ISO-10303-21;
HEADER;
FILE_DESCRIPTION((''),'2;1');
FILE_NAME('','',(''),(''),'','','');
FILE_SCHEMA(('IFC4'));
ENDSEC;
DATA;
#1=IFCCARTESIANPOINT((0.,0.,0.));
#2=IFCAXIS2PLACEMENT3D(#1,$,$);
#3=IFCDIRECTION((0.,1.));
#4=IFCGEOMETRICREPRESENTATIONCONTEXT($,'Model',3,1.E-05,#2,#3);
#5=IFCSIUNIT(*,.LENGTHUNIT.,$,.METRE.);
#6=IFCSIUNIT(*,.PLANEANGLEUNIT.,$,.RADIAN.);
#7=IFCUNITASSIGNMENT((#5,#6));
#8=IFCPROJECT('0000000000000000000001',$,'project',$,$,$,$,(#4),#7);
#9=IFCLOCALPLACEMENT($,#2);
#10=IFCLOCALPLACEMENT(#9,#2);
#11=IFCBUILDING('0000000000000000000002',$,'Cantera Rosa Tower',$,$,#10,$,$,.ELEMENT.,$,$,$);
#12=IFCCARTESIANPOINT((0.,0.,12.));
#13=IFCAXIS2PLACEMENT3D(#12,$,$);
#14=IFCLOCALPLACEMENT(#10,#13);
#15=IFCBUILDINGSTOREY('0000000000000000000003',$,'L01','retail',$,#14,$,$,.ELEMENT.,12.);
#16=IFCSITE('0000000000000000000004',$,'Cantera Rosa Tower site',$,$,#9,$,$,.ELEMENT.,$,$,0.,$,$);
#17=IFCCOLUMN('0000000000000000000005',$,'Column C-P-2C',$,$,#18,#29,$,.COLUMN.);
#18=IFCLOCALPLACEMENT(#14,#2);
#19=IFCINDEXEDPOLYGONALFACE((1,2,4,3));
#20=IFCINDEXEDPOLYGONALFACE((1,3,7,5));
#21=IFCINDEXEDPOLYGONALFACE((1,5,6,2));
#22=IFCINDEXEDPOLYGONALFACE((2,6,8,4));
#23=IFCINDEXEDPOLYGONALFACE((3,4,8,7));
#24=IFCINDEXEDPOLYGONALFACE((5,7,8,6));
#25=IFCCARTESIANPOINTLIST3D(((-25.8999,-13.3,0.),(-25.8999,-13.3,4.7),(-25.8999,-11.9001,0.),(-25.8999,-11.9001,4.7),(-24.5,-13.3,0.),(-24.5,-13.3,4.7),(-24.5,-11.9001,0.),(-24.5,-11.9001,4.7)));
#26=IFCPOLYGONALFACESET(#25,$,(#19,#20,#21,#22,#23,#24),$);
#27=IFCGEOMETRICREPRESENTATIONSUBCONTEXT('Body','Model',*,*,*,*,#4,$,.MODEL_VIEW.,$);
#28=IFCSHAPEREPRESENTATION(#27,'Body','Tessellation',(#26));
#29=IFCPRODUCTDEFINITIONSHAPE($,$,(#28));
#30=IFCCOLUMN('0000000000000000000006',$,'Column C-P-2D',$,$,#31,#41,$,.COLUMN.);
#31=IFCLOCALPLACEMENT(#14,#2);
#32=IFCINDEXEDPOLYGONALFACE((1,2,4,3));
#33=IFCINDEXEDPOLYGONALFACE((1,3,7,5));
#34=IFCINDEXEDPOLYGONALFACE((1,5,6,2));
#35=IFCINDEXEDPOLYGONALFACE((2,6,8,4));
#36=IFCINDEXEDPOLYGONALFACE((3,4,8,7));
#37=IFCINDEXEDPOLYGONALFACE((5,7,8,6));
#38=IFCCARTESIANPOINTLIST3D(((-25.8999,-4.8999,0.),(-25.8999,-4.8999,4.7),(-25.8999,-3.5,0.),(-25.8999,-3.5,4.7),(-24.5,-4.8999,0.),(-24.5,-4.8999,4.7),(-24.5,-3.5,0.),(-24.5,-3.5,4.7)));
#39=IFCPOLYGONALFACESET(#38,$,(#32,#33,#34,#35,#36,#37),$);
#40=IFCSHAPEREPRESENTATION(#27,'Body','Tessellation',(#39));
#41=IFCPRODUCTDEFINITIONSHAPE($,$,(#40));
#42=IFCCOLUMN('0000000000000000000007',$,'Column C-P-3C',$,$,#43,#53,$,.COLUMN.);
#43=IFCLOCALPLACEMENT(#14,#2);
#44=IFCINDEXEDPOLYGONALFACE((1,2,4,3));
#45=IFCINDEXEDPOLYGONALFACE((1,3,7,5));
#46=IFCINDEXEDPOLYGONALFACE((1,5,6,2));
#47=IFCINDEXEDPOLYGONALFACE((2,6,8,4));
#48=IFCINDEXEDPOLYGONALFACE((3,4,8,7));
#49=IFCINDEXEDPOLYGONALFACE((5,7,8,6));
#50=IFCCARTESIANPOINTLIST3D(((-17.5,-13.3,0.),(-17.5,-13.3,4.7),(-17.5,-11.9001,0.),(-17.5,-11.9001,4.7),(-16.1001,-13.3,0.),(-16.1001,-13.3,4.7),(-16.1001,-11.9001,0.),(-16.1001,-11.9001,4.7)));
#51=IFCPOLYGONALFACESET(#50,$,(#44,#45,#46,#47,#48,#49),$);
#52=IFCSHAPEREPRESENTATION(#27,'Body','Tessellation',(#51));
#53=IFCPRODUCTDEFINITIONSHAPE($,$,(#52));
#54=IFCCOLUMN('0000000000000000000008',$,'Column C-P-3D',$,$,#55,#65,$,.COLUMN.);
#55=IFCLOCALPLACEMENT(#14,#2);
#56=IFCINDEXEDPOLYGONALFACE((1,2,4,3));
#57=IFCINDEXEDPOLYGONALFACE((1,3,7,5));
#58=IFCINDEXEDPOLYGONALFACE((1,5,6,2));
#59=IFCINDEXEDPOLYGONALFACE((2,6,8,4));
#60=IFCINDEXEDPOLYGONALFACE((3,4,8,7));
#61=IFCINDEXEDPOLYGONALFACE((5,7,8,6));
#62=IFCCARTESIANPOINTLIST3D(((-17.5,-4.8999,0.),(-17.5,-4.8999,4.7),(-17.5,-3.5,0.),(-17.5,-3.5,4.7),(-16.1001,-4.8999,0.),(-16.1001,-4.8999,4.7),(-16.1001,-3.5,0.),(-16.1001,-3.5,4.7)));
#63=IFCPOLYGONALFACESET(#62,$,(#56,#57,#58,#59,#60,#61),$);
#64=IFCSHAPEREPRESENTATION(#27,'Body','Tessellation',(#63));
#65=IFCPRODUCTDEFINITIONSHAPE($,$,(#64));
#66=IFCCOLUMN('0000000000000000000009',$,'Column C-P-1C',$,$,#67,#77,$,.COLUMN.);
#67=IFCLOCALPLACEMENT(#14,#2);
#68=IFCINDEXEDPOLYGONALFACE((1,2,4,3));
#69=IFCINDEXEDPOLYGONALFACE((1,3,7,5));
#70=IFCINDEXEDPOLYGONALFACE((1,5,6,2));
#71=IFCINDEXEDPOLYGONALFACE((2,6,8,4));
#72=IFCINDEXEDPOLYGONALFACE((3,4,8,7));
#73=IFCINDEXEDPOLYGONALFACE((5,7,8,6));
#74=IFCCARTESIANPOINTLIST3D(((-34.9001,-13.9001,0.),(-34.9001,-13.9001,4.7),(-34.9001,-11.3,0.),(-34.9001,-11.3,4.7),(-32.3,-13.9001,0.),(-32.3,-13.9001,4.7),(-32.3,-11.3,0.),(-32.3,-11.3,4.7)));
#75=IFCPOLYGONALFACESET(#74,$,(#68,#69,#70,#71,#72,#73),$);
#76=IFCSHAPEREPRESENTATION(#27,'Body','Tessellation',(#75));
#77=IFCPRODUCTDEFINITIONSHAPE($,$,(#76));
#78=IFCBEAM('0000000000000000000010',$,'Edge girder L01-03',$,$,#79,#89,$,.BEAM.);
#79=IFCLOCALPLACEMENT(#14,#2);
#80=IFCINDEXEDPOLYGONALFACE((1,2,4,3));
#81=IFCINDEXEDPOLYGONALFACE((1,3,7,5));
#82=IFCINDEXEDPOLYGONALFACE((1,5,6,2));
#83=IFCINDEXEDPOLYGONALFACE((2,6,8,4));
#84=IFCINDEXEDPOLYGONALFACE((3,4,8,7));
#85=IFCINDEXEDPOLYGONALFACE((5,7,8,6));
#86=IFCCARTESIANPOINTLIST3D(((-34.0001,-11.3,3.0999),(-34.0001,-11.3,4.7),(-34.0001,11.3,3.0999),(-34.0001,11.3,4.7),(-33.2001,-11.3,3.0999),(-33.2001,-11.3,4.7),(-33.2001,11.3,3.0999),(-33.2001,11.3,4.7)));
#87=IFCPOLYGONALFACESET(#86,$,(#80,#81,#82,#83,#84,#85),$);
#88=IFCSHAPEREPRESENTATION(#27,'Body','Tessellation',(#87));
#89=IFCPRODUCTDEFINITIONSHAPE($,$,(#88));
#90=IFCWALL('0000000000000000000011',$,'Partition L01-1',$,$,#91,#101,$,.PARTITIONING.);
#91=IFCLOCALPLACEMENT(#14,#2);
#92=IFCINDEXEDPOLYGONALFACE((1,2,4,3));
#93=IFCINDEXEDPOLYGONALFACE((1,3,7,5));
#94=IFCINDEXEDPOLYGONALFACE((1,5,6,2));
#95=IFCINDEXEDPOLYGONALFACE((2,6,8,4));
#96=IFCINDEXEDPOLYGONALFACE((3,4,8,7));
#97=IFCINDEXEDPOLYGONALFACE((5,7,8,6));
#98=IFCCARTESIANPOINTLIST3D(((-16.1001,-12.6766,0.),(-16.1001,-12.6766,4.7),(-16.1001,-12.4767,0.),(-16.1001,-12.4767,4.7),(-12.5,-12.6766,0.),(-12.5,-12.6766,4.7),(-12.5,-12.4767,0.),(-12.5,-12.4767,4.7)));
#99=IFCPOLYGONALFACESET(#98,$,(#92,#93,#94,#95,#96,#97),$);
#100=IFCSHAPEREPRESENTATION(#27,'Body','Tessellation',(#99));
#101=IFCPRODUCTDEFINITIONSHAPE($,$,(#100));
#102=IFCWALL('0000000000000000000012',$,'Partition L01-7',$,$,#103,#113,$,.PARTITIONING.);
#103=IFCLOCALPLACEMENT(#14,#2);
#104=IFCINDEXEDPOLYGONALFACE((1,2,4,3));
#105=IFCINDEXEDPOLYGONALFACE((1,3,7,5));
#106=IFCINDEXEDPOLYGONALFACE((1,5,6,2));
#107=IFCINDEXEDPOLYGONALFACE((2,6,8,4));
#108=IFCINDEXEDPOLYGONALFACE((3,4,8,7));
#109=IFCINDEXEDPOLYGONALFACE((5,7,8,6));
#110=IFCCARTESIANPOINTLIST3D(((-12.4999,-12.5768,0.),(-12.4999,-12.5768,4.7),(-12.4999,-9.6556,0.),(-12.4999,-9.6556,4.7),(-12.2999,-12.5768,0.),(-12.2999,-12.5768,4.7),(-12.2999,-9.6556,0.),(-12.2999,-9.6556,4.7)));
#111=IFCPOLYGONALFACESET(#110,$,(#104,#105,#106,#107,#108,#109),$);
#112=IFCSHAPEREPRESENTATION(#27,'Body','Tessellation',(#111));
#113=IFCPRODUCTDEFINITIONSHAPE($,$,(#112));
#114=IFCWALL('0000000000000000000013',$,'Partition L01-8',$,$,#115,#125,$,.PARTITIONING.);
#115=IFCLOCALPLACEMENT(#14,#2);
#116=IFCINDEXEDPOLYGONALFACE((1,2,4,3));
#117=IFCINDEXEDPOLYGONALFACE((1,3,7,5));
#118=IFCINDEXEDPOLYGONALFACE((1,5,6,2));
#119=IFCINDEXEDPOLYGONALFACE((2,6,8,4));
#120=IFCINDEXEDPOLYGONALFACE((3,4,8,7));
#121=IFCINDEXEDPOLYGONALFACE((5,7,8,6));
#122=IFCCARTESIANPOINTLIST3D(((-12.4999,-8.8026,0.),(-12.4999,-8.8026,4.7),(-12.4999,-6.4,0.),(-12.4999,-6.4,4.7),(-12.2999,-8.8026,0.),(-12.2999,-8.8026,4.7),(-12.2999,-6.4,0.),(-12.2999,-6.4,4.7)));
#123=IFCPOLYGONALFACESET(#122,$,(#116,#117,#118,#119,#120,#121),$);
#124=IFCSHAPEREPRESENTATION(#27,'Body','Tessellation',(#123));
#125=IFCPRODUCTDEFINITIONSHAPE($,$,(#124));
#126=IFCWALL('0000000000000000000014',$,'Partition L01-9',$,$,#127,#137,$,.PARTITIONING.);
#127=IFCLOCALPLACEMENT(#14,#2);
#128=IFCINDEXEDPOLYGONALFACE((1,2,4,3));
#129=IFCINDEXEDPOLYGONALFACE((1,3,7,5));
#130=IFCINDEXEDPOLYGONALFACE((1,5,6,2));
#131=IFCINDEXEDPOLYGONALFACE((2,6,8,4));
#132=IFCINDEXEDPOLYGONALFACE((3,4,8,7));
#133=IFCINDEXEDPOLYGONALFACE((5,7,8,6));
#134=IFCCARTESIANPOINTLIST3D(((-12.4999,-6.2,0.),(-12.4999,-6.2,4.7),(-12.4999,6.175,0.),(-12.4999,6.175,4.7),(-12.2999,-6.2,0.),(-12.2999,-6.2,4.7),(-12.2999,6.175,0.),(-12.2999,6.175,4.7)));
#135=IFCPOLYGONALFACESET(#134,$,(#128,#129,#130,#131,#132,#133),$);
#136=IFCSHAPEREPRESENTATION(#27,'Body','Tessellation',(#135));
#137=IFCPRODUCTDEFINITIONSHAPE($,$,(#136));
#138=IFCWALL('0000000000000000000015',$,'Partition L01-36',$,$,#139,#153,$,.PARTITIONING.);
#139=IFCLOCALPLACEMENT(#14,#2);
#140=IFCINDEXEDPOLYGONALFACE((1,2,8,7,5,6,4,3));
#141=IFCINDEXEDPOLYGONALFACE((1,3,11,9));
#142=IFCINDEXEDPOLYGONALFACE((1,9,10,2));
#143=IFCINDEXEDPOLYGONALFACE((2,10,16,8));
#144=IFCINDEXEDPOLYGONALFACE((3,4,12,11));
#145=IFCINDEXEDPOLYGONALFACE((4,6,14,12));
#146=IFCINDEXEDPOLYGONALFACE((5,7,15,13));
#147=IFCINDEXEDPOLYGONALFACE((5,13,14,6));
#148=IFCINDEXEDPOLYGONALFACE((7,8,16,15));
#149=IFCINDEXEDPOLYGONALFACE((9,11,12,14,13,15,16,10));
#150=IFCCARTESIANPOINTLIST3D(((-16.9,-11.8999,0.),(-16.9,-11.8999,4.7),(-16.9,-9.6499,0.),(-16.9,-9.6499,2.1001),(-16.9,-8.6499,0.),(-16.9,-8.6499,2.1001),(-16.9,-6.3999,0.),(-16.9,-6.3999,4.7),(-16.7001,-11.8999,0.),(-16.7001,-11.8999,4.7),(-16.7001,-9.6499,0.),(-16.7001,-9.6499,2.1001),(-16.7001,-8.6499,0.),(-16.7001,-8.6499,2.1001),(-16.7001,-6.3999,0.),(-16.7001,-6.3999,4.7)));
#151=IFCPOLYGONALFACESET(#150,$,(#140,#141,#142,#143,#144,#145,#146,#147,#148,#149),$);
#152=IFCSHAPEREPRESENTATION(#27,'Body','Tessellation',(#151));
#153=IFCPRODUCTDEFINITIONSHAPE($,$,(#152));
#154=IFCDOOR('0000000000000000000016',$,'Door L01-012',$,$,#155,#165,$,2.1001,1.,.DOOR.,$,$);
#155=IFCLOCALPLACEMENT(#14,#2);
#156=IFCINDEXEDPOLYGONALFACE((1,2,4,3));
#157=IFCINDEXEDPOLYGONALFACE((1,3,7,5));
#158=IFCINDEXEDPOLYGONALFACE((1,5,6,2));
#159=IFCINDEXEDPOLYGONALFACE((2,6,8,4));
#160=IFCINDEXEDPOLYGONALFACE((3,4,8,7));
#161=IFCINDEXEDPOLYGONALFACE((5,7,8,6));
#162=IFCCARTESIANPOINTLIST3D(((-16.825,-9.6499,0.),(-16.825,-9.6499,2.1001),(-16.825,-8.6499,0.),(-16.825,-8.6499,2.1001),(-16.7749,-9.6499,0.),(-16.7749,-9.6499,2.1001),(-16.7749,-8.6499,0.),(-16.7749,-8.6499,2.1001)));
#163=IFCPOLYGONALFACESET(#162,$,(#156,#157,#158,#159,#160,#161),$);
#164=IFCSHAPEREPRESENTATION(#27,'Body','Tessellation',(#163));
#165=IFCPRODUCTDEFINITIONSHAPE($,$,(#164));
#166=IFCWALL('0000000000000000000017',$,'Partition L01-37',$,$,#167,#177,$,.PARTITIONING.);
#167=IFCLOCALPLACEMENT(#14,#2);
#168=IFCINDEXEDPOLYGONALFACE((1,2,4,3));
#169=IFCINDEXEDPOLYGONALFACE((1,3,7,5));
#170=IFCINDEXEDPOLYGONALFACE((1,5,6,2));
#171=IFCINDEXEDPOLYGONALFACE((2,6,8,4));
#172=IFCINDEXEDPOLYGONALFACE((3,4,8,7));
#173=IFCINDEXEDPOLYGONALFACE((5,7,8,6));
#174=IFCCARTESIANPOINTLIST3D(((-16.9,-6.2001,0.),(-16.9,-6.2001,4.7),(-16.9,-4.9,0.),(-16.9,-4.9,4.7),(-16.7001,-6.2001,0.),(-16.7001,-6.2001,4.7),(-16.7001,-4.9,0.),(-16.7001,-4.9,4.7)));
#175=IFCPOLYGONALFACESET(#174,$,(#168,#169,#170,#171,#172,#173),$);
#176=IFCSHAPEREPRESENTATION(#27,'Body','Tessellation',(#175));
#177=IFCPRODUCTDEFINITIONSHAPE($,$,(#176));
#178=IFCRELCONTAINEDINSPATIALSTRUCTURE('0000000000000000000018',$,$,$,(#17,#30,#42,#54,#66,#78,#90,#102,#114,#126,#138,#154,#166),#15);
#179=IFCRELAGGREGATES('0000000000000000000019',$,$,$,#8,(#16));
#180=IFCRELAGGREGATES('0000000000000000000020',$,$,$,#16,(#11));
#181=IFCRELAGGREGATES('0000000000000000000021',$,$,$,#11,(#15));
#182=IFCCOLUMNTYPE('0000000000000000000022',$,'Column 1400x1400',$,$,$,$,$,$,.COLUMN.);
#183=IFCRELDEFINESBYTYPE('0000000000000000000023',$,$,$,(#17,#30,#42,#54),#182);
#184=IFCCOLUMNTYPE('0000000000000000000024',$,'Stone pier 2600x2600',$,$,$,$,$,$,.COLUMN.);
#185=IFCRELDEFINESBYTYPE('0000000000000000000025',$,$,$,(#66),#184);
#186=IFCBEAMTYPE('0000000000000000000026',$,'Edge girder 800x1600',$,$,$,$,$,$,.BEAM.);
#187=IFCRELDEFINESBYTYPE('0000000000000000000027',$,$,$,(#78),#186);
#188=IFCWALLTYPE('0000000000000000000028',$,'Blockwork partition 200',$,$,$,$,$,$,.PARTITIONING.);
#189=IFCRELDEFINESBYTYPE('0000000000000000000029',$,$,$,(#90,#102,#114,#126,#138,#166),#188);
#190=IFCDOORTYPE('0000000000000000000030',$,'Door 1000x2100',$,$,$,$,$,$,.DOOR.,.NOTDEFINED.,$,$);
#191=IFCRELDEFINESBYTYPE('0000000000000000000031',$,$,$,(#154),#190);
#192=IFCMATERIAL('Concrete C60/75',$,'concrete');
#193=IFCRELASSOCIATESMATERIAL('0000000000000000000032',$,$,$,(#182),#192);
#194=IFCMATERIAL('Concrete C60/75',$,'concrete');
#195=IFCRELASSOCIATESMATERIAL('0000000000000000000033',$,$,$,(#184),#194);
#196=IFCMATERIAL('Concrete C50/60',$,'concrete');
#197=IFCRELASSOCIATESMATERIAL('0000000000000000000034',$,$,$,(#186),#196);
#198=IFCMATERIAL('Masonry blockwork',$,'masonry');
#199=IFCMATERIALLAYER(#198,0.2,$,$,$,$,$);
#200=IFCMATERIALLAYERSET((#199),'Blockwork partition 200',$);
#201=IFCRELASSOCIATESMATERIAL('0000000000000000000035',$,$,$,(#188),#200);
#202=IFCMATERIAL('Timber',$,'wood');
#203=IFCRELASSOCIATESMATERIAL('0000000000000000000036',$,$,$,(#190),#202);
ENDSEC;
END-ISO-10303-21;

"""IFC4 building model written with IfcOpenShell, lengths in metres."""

from ifc_helpers import new_model, si_unit, direction, frame, frame_2d, origin, origin_2d, place, context, subcontext, project, spatial, rectangle, extrude, material, layer, layer_set, material_profile, profile_set, type_object, element, fill, save


model = new_model("IFC4")

# Units and contexts
model_context = context("Model", 3, precision=1e-05, world=origin(), true_north=direction((0.0, 1.0)))
body_context = subcontext(model_context, "Body", "Model", "MODEL_VIEW")
ifc_project = project(units=[si_unit("LENGTHUNIT", "METRE"), si_unit("PLANEANGLEUNIT", "RADIAN")], contexts=[model_context])

# Site, building, storey
site_placement = place(None, origin())
site = spatial("IfcSite", under=ifc_project, at=site_placement, Name="Cantera Rosa Tower site", CompositionType="ELEMENT", RefElevation=0.0)
building_placement = place(site_placement, origin())
building = spatial("IfcBuilding", under=site, at=building_placement, Name="Cantera Rosa Tower", CompositionType="ELEMENT")
storey_placement = place(building_placement, frame((0.0, 0.0, 12.0)))
storey = spatial("IfcBuildingStorey", under=building, at=storey_placement, Name="L01", Description="retail", CompositionType="ELEMENT", Elevation=12.0)

# Columns
ifc_material_1 = material(Name="Concrete C60/75", Category="concrete")
ifc_material_profile_1 = material_profile(ifc_material_1, rectangle(XDim=1.3999, YDim=1.3999, at=origin_2d()), Name="Column 1400x1400")
ifc_profile_set_1 = profile_set([ifc_material_profile_1], Name="Concrete C60/75")
column_type_1 = type_object("IfcColumnType", Name="Column 1400x1400", PredefinedType="COLUMN", material=ifc_profile_set_1)
for number, where, z_axis, x_axis, name in (
    (1, (-25.2, -12.6001, 0.0), (0.0, 0.0, 1.0), (1.0, 0.0, 0.0), "Column C-P-2C"),
    (2, (-25.2, -4.2, 0.0), (0.0, 0.0, 1.0), (1.0, 0.0, 0.0), "Column C-P-2D"),
    (3, (-16.8, -12.6001, 0.0), (0.0, 0.0, 1.0), (1.0, 0.0, 0.0), "Column C-P-3C"),
    (4, (-16.8, -4.2, 0.0), (0.0, 0.0, 1.0), (1.0, 0.0, 0.0), "Column C-P-3D"),
):
    element("IfcColumn", number, at=place(storey_placement, frame(where, z_axis=z_axis, x_axis=x_axis)), inside=storey, type_object=column_type_1, Name=name, PredefinedType="COLUMN", context=body_context, shape_type="SweptSolid", body=[
        extrude(rectangle(XDim=1.3999, YDim=1.3999, at=origin_2d()), origin(), (0.0, 0.0, 1.0), 4.7),
    ])
ifc_material_2 = material(Name="Concrete C60/75", Category="concrete")
ifc_material_profile_2 = material_profile(ifc_material_2, rectangle(XDim=2.6001, YDim=2.6001, at=origin_2d()), Name="Stone pier 2600x2600")
ifc_profile_set_2 = profile_set([ifc_material_profile_2], Name="Concrete C60/75")
column_type_2 = type_object("IfcColumnType", Name="Stone pier 2600x2600", PredefinedType="COLUMN", material=ifc_profile_set_2)
column_placement = place(storey_placement, frame((-33.6001, -12.6001, 0.0), z_axis=(0.0, 0.0, 1.0), x_axis=(1.0, 0.0, 0.0)))
element("IfcColumn", 5, at=column_placement, inside=storey, type_object=column_type_2, Name="Column C-P-1C", PredefinedType="COLUMN", context=body_context, shape_type="SweptSolid", body=[
    extrude(rectangle(XDim=2.6001, YDim=2.6001, at=origin_2d()), origin(), (0.0, 0.0, 1.0), 4.7),
])

# Beam
ifc_material_3 = material(Name="Concrete C50/60", Category="concrete")
ifc_material_profile_3 = material_profile(ifc_material_3, rectangle(XDim=0.8, YDim=1.6001, at=origin_2d()), Name="Edge girder 800x1600")
ifc_profile_set_3 = profile_set([ifc_material_profile_3], Name="Concrete C50/60")
beam_type = type_object("IfcBeamType", Name="Edge girder 800x1600", PredefinedType="BEAM", material=ifc_profile_set_3)
beam_placement = place(storey_placement, frame((-33.6001, -11.3, 3.8999), z_axis=(0.0, 1.0, 0.0), x_axis=(-1.0, 0.0, 0.0)))
element("IfcBeam", 6, at=beam_placement, inside=storey, type_object=beam_type, Name="Edge girder L01-03", PredefinedType="BEAM", context=body_context, shape_type="SweptSolid", body=[
    extrude(rectangle(XDim=0.8, YDim=1.6001, at=origin_2d()), origin(), (0.0, 0.0, 1.0), 22.6001),
])

# Walls
ifc_material_4 = material(Name="Masonry blockwork", Category="masonry")
ifc_layer_1 = layer(ifc_material_4, 0.2)
ifc_layer_set_1 = layer_set([ifc_layer_1], Name="Blockwork partition 200")
wall_type_1 = type_object("IfcWallType", Name="Blockwork partition 200", PredefinedType="PARTITIONING", material=ifc_layer_set_1)
wall_1_placement = place(storey_placement, frame((-16.1001, -12.5767, 0.0), z_axis=(0.0, 0.0, 1.0), x_axis=(1.0, 0.0, 0.0)))
element("IfcWall", 7, at=wall_1_placement, inside=storey, type_object=wall_type_1, Name="Partition L01-1", PredefinedType="PARTITIONING", context=body_context, shape_type="SweptSolid", body=[
    extrude(rectangle(XDim=3.6001, YDim=0.2, at=frame_2d((1.8, 0.0))), origin(), (0.0, 0.0, 1.0), 4.7),
])
wall_2_placement = place(storey_placement, frame((-12.3999, -12.5767, 0.0), z_axis=(0.0, 0.0, 1.0), x_axis=(0.0, 1.0, 0.0)))
element("IfcWall", 8, at=wall_2_placement, inside=storey, type_object=wall_type_1, Name="Partition L01-7", PredefinedType="PARTITIONING", context=body_context, shape_type="SweptSolid", body=[
    extrude(rectangle(XDim=2.9211, YDim=0.2, at=frame_2d((1.4604, 0.0))), origin(), (0.0, 0.0, 1.0), 4.7),
])
wall_3_placement = place(storey_placement, frame((-12.3999, -8.8025, 0.0), z_axis=(0.0, 0.0, 1.0), x_axis=(0.0, 1.0, 0.0)))
element("IfcWall", 9, at=wall_3_placement, inside=storey, type_object=wall_type_1, Name="Partition L01-8", PredefinedType="PARTITIONING", context=body_context, shape_type="SweptSolid", body=[
    extrude(rectangle(XDim=2.4026, YDim=0.2, at=frame_2d((1.2012, 0.0))), origin(), (0.0, 0.0, 1.0), 4.7),
])
wall_4_placement = place(storey_placement, frame((-12.3999, -6.2, 0.0), z_axis=(0.0, 0.0, 1.0), x_axis=(0.0, 1.0, 0.0)))
element("IfcWall", 10, at=wall_4_placement, inside=storey, type_object=wall_type_1, Name="Partition L01-9", PredefinedType="PARTITIONING", context=body_context, shape_type="SweptSolid", body=[
    extrude(rectangle(XDim=12.375, YDim=0.2, at=frame_2d((6.1875, 0.0))), origin(), (0.0, 0.0, 1.0), 4.7),
])

# Wall, opening, door
wall_5_placement = place(storey_placement, frame((-16.8, -11.8999, 0.0), z_axis=(0.0, 0.0, 1.0), x_axis=(0.0, 1.0, 0.0)))
wall_5 = element("IfcWall", 11, at=wall_5_placement, inside=storey, type_object=wall_type_1, Name="Partition L01-36", PredefinedType="PARTITIONING", context=body_context, shape_type="SweptSolid", body=[
    extrude(rectangle(XDim=5.5, YDim=0.2, at=frame_2d((2.75, 0.0))), origin(), (0.0, 0.0, 1.0), 4.7),
])
opening_1_placement = place(wall_5_placement, frame((2.25, 0.0, 0.0)))
opening_1 = element("IfcOpeningElement", 12, at=opening_1_placement, cuts=wall_5, PredefinedType="OPENING", context=body_context, shape_type="SweptSolid", body=[
    extrude(rectangle(XDim=1.0, YDim=2.1001, at=frame_2d((0.5, 1.05))), frame((0.0, 0.1099, 0.0), z_axis=(0.0, -1.0, 0.0), x_axis=(1.0, 0.0, 0.0)), (0.0, 0.0, 1.0), 0.22),
])
ifc_material_5 = material(Name="Timber", Category="wood")
door_type_1 = type_object("IfcDoorType", Name="Door 1000x2100", OperationType="NOTDEFINED", PredefinedType="DOOR", material=ifc_material_5)
door_1_placement = place(opening_1_placement, origin())
door_1 = element("IfcDoor", 13, at=door_1_placement, inside=storey, type_object=door_type_1, Name="Door L01-012", OverallHeight=2.1001, OverallWidth=1.0, PredefinedType="DOOR", context=body_context, shape_type="SweptSolid", body=[
    extrude(rectangle(XDim=1.0, YDim=2.1001, at=frame_2d((0.5, 1.05))), frame((0.0, 0.0249, 0.0), z_axis=(0.0, -1.0, 0.0), x_axis=(1.0, 0.0, 0.0)), (0.0, 0.0, 1.0), 0.05),
])
fill(opening_1, door_1)

# Wall
wall_6_placement = place(storey_placement, frame((-16.8, -6.2, 0.0), z_axis=(0.0, 0.0, 1.0), x_axis=(0.0, 1.0, 0.0)))
element("IfcWall", 14, at=wall_6_placement, inside=storey, type_object=wall_type_1, Name="Partition L01-37", PredefinedType="PARTITIONING", context=body_context, shape_type="SweptSolid", body=[
    extrude(rectangle(XDim=1.3, YDim=0.2, at=frame_2d((0.6499, 0.0))), origin(), (0.0, 0.0, 1.0), 4.7),
])

save(model, "model.ifc")
